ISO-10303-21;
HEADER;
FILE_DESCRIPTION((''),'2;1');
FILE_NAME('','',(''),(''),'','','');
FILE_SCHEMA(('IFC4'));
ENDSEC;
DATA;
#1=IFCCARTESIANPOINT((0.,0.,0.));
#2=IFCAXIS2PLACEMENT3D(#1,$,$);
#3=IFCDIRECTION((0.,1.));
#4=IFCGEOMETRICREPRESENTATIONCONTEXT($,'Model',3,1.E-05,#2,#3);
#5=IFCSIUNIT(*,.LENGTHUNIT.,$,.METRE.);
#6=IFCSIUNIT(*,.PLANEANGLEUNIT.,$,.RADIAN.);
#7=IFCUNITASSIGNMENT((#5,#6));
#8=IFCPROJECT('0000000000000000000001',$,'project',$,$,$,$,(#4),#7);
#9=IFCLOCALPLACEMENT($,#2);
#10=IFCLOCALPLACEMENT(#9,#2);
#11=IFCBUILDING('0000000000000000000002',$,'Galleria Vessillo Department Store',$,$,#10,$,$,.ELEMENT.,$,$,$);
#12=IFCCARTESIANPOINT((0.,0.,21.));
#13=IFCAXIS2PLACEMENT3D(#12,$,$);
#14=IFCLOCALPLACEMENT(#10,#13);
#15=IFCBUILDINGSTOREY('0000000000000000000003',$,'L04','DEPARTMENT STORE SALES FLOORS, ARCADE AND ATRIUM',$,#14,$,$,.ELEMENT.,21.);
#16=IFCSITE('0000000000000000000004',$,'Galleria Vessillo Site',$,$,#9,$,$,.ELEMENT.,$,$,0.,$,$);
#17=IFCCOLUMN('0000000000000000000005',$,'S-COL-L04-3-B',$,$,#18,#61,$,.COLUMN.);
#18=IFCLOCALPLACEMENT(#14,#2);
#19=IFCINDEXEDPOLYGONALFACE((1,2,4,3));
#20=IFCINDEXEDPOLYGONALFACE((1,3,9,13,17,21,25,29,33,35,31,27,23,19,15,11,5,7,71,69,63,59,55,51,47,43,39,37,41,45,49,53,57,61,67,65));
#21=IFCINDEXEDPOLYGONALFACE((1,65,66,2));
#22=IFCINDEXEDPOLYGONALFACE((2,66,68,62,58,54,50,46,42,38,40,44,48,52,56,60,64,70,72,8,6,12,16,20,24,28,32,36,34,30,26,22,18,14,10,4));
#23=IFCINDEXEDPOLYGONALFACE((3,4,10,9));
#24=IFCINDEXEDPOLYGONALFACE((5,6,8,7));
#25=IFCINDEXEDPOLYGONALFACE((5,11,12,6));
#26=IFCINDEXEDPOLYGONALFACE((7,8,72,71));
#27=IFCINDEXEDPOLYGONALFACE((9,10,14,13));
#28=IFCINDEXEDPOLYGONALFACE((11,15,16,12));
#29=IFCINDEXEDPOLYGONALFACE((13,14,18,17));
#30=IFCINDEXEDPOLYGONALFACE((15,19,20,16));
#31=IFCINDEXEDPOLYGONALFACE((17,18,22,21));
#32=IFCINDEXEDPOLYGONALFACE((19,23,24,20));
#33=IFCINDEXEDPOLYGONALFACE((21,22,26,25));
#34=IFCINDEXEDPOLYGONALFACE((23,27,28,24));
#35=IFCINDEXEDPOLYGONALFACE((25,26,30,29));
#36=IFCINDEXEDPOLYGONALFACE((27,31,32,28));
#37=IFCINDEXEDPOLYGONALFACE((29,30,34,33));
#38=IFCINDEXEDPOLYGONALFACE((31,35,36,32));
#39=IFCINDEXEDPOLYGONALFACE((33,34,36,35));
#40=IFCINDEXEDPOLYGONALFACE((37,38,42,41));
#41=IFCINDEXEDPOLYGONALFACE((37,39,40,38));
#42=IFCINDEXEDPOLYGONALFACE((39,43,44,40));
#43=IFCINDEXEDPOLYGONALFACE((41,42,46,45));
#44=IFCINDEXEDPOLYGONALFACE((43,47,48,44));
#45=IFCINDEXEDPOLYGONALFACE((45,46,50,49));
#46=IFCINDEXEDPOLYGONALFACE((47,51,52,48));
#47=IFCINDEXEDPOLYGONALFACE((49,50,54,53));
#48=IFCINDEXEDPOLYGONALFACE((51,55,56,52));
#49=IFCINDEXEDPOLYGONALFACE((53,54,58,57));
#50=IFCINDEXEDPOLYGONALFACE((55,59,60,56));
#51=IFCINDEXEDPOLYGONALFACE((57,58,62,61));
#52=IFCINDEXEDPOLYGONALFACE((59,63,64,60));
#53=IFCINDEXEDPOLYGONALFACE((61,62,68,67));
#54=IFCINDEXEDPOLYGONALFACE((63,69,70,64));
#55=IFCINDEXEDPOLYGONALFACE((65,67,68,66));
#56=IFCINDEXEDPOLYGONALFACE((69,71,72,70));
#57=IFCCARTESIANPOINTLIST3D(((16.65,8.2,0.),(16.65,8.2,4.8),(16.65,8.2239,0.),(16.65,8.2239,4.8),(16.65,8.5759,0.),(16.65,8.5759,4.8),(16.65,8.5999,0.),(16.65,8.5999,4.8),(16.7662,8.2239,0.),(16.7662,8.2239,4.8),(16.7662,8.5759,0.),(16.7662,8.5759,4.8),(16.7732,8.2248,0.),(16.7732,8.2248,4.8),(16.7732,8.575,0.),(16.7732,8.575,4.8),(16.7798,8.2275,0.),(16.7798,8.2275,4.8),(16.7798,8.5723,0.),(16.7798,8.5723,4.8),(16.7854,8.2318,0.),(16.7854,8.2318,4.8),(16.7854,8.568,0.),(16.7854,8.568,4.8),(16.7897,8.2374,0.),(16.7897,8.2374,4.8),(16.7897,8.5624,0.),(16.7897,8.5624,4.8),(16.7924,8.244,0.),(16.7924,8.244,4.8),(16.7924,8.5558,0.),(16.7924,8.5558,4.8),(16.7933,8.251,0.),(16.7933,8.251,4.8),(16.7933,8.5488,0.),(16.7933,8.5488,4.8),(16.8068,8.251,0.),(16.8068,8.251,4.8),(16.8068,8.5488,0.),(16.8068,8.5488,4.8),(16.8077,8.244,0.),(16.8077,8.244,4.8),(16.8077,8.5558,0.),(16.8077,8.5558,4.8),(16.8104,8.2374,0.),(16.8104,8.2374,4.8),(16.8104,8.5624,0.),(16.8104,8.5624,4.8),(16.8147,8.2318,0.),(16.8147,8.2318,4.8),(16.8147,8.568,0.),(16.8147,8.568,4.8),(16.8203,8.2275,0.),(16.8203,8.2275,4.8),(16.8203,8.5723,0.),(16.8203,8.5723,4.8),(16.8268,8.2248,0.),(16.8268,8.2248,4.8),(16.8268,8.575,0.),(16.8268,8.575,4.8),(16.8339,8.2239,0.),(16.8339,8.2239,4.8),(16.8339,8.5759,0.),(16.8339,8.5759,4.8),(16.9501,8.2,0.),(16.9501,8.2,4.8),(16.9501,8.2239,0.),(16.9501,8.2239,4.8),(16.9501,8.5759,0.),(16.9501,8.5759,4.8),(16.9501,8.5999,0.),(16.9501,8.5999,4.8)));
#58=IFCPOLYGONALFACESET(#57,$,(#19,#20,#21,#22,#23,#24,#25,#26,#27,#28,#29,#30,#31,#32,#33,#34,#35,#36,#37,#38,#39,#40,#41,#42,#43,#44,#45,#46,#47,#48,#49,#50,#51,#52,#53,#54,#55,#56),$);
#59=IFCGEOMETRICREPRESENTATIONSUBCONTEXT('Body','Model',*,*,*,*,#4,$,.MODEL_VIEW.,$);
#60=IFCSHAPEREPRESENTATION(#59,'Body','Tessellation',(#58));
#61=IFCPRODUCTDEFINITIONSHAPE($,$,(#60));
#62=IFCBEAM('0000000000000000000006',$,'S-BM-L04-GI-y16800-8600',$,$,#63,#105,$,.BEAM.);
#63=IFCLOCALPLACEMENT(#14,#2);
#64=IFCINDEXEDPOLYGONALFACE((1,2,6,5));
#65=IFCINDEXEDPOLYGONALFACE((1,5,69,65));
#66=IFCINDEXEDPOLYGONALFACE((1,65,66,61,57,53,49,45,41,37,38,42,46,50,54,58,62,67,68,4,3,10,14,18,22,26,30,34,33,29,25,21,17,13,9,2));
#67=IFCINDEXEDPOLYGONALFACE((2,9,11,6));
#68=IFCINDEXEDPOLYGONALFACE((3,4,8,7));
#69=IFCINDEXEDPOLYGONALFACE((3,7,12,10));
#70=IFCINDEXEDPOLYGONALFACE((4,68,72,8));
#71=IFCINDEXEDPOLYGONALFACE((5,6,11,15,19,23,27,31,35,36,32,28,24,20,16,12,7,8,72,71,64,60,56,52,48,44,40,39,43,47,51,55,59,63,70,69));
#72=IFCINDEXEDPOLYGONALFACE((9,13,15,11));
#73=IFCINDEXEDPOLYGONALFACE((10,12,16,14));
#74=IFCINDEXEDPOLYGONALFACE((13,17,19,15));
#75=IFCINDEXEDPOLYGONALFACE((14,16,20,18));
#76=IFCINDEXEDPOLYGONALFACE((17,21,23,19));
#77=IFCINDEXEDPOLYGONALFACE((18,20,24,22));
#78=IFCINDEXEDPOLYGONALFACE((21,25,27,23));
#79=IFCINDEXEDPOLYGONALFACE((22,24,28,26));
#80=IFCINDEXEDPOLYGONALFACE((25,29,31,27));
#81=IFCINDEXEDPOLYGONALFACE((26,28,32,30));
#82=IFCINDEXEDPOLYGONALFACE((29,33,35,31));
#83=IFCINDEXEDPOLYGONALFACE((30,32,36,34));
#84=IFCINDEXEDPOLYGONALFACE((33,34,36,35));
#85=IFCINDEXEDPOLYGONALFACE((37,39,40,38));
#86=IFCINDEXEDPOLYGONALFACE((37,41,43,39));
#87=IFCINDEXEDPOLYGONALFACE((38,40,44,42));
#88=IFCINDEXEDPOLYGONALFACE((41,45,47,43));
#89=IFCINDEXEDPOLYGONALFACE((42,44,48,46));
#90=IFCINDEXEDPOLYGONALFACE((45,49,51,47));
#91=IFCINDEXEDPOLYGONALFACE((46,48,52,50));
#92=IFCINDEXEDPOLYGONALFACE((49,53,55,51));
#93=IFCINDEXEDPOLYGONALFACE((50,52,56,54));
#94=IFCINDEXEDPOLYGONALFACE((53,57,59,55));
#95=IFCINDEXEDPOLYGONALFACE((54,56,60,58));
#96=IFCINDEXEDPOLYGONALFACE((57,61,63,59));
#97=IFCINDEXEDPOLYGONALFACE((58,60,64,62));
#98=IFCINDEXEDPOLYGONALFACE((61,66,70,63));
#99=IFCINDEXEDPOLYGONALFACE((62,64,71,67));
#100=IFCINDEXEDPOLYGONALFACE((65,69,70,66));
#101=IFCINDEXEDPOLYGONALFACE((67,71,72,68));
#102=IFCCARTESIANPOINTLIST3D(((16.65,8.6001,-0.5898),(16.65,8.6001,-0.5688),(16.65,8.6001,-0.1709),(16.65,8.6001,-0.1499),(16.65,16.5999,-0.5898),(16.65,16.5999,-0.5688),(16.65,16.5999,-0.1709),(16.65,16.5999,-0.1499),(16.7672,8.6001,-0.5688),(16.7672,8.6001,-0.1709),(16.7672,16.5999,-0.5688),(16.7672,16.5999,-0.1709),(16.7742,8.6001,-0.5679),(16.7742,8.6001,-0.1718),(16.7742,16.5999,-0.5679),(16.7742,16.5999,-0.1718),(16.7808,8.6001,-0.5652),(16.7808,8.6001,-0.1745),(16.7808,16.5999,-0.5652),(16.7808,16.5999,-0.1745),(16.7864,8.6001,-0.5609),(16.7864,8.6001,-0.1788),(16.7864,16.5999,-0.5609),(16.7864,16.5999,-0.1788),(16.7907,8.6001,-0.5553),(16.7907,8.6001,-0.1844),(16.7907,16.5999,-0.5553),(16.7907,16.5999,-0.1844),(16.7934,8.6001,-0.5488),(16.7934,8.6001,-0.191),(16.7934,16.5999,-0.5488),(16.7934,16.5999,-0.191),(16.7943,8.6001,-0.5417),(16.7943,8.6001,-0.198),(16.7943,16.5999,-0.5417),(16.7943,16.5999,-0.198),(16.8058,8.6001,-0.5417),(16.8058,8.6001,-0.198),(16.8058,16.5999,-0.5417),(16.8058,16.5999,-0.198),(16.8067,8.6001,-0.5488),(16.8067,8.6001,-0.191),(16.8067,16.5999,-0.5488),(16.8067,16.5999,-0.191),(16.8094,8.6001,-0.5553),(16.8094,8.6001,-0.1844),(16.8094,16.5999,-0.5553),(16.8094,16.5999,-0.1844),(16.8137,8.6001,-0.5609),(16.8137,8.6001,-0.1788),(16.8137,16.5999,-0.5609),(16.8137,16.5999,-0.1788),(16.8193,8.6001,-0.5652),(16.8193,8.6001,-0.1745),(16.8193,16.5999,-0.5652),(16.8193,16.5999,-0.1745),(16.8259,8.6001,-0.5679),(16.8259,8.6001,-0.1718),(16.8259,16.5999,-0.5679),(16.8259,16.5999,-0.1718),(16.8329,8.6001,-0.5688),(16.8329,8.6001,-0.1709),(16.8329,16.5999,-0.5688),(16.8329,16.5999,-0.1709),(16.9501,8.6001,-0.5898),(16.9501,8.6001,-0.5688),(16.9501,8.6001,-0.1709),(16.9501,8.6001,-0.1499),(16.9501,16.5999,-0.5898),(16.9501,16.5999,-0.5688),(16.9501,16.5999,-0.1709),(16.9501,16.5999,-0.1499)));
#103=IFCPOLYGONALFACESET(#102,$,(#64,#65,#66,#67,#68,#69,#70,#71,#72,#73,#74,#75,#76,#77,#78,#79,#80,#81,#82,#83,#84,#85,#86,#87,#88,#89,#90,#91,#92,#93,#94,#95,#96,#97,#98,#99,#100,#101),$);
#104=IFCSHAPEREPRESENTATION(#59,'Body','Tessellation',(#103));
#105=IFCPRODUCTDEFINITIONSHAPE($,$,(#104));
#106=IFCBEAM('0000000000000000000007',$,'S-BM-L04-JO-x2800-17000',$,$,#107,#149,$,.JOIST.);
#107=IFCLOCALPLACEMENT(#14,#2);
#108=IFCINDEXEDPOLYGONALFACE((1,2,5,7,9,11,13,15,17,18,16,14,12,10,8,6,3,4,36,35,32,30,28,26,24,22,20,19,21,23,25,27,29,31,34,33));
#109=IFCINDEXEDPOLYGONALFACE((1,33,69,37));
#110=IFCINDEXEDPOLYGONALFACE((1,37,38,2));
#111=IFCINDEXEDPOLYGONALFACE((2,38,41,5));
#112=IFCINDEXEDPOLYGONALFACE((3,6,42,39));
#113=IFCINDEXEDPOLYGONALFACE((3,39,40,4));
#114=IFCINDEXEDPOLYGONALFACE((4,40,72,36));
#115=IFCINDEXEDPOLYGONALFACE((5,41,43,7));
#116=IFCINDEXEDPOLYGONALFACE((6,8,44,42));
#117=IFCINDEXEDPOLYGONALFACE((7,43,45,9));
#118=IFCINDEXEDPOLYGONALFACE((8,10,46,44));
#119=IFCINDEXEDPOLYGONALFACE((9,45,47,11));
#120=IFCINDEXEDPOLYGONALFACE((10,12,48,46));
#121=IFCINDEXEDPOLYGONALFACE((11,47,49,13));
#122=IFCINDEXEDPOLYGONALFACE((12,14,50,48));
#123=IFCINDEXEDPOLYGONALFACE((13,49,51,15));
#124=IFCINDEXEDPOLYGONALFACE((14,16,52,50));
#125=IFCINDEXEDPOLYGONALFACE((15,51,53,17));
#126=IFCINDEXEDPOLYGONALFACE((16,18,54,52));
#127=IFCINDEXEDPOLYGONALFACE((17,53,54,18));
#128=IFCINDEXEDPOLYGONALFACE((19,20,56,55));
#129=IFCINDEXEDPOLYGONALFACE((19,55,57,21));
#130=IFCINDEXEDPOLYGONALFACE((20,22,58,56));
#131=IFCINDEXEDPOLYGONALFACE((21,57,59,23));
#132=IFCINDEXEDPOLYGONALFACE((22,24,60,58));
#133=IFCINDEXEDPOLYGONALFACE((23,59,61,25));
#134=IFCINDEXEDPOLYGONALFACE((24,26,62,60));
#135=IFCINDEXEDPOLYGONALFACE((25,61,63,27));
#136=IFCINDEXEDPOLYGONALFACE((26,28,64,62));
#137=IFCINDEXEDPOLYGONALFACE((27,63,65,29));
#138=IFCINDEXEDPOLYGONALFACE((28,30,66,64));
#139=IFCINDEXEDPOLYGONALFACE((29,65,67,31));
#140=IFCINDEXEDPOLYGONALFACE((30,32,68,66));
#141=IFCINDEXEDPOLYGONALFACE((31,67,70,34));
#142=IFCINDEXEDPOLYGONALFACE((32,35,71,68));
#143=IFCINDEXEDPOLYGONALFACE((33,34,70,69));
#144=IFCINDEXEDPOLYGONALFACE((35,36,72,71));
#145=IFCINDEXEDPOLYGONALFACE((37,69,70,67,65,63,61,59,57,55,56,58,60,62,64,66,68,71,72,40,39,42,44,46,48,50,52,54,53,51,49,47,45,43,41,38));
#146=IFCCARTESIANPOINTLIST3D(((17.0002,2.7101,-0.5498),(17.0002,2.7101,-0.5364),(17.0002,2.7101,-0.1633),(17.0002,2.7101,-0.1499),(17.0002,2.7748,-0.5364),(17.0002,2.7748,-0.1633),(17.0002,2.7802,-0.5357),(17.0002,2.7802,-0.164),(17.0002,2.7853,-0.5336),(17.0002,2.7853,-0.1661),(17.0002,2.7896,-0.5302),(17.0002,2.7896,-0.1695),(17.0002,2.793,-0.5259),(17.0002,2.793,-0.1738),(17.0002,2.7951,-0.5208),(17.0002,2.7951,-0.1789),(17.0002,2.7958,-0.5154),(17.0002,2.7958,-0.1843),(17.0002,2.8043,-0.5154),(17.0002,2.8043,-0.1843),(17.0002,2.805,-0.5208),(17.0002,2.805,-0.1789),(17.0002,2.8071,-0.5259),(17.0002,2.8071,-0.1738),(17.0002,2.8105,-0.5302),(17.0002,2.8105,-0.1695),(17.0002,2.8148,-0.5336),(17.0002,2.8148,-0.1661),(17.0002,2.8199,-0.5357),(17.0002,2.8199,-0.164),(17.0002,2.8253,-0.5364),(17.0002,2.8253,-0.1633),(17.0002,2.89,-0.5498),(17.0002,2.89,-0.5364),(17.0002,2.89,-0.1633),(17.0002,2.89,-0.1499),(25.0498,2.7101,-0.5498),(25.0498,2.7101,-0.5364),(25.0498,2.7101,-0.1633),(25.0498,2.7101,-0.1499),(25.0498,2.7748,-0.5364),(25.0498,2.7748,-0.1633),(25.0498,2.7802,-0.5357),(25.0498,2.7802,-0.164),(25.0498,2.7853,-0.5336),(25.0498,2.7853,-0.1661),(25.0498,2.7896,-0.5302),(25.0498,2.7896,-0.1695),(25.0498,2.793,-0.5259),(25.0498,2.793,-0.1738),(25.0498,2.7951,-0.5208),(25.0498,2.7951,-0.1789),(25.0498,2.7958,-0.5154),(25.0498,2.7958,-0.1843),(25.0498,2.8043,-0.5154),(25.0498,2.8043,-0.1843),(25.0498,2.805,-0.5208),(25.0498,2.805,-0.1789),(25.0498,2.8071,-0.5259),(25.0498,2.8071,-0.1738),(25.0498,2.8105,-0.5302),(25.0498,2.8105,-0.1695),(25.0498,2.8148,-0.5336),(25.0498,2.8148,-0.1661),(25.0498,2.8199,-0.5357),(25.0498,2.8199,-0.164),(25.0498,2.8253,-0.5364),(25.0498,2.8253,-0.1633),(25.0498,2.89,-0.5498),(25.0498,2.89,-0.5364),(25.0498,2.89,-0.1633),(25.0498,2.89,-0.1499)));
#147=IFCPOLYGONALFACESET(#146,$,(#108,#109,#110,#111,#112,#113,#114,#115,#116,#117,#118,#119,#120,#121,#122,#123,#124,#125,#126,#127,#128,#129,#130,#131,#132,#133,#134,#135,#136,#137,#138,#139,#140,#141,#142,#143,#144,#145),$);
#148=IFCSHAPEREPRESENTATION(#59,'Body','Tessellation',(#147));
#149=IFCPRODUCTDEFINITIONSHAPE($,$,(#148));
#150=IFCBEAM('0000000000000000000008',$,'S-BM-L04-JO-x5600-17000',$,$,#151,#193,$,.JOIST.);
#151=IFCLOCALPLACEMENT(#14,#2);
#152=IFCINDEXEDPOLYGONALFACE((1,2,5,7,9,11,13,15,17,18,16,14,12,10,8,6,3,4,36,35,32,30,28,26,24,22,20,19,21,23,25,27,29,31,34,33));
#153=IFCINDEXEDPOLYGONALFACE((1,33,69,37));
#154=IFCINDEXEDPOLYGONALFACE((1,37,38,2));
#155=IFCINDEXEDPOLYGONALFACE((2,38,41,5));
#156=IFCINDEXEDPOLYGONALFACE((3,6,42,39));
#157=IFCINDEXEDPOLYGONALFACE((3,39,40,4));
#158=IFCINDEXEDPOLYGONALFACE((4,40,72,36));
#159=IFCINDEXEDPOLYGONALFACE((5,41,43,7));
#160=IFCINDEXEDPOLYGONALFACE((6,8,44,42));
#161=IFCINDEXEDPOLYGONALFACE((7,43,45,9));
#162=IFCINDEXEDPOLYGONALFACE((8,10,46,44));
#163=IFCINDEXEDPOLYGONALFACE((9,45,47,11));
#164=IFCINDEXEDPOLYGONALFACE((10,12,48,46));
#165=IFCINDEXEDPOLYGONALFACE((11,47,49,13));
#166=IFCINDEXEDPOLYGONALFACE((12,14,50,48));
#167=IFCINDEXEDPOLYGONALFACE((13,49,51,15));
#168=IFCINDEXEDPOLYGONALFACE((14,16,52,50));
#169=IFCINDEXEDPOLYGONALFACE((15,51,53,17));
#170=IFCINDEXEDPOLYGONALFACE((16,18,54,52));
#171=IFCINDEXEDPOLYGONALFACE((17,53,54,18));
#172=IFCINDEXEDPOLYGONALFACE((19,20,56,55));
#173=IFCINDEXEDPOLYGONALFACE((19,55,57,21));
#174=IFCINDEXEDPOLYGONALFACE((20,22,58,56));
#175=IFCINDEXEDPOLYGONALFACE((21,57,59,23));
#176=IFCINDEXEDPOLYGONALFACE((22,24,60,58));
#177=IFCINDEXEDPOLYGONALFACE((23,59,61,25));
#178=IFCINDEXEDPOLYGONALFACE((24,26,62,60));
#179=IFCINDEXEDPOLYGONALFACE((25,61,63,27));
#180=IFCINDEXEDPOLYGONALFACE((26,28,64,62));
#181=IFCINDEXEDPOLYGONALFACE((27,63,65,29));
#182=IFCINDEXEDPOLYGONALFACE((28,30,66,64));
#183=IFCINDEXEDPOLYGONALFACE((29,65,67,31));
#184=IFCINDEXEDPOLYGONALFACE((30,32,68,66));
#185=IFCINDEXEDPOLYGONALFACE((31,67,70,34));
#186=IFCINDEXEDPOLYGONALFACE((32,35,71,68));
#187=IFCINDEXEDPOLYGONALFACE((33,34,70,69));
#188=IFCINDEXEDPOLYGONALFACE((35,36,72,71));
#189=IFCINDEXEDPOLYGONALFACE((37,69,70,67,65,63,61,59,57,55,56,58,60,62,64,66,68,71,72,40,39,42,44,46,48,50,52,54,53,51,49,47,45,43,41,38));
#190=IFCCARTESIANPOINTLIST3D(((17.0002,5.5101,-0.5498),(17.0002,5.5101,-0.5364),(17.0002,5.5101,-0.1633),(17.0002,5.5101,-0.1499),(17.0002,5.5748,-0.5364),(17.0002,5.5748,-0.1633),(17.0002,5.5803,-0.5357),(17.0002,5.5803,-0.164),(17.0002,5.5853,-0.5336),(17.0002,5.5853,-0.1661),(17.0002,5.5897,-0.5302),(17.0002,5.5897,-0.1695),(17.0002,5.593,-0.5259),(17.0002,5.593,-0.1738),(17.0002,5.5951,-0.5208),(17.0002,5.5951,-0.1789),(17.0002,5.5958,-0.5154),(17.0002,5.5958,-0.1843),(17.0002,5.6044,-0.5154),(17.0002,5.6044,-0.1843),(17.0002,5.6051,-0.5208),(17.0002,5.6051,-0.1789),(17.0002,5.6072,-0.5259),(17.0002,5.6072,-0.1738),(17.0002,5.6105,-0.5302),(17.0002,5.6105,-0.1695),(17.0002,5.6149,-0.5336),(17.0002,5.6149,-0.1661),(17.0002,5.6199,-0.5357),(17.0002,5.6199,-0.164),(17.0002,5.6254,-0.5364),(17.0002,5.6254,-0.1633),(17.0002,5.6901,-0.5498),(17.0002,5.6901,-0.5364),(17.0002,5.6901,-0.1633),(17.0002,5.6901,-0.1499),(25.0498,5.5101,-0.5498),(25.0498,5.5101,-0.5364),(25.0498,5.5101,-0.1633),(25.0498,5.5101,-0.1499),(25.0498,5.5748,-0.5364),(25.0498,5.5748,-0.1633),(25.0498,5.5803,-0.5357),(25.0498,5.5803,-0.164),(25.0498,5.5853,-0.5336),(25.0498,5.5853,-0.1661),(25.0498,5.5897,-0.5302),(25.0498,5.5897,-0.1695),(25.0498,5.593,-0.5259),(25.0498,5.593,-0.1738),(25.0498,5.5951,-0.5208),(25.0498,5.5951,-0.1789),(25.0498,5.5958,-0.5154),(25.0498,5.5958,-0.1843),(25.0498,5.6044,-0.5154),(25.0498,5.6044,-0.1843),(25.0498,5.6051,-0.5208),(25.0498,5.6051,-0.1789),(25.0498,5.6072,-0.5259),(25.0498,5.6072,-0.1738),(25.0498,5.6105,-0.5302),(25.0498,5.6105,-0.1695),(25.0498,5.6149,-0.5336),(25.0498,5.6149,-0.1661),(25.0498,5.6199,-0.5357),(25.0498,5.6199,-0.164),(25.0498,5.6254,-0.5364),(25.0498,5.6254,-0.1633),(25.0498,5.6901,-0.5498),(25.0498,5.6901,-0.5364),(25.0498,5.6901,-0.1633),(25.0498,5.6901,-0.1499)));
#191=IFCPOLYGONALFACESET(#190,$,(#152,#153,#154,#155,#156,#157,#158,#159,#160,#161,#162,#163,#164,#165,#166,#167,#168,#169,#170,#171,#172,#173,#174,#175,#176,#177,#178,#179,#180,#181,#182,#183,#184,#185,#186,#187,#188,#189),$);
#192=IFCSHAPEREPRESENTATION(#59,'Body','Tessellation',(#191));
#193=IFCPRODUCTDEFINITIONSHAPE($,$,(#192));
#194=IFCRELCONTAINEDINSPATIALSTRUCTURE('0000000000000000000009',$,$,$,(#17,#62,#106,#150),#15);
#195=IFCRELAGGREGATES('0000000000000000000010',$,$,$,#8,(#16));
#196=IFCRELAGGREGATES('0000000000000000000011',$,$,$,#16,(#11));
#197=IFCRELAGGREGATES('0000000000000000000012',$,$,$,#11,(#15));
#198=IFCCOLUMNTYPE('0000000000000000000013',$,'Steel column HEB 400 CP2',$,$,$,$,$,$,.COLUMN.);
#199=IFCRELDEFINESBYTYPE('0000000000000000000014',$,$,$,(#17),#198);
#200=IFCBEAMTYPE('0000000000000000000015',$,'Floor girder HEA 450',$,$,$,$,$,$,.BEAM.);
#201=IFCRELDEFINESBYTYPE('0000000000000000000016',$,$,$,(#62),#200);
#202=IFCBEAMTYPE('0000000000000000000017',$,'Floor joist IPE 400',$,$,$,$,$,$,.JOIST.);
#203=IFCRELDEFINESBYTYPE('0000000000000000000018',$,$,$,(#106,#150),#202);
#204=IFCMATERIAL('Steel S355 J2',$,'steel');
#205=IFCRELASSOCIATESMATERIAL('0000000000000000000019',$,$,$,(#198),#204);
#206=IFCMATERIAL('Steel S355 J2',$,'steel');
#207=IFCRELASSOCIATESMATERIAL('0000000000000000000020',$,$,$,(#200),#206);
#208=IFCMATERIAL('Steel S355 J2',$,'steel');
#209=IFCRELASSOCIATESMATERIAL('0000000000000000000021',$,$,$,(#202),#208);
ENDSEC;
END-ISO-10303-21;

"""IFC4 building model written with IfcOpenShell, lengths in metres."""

from ifc_helpers import new_model, si_unit, direction, frame, origin, origin_2d, place, context, subcontext, project, spatial, i_section, extrude, material, material_profile, profile_set, type_object, element, save


model = new_model("IFC4")

# Units and contexts
model_context = context("Model", 3, precision=1e-05, world=origin(), true_north=direction((0.0, 1.0)))
body_context = subcontext(model_context, "Body", "Model", "MODEL_VIEW")
ifc_project = project(units=[si_unit("LENGTHUNIT", "METRE"), si_unit("PLANEANGLEUNIT", "RADIAN")], contexts=[model_context])

# Site, building, storey
site_placement = place(None, origin())
site = spatial("IfcSite", under=ifc_project, at=site_placement, Name="Galleria Vessillo Site", CompositionType="ELEMENT", RefElevation=0.0)
building_placement = place(site_placement, origin())
building = spatial("IfcBuilding", under=site, at=building_placement, Name="Galleria Vessillo Department Store", CompositionType="ELEMENT")
storey_placement = place(building_placement, frame((0.0, 0.0, 21.0)))
storey = spatial("IfcBuildingStorey", under=building, at=storey_placement, Name="L04", Description="DEPARTMENT STORE SALES FLOORS, ARCADE AND ATRIUM", CompositionType="ELEMENT", Elevation=21.0)

# Column
ifc_material_1 = material(Name="Steel S355 J2", Category="steel")
ifc_material_profile_1 = material_profile(ifc_material_1, i_section(OverallWidth=0.3, OverallDepth=0.3999, WebThickness=0.0134, FlangeThickness=0.0239, FilletRadius=0.0271, at=origin_2d()), Name="HEB 400")
ifc_profile_set_1 = profile_set([ifc_material_profile_1], Name="Steel S355 J2")
column_type = type_object("IfcColumnType", Name="Steel column HEB 400 CP2", PredefinedType="COLUMN", material=ifc_profile_set_1)
column_placement = place(storey_placement, frame((16.8, 8.3999, 0.0), z_axis=(0.0, 0.0, 1.0), x_axis=(1.0, 0.0, 0.0)))
element("IfcColumn", 1, at=column_placement, inside=storey, type_object=column_type, Name="S-COL-L04-3-B", PredefinedType="COLUMN", context=body_context, shape_type="SweptSolid", body=[
    extrude(i_section(OverallWidth=0.3, OverallDepth=0.3999, WebThickness=0.0134, FlangeThickness=0.0239, FilletRadius=0.0271, at=origin_2d()), origin(), (0.0, 0.0, 1.0), 4.8),
])

# Beams
ifc_material_2 = material(Name="Steel S355 J2", Category="steel")
ifc_material_profile_2 = material_profile(ifc_material_2, i_section(OverallWidth=0.3, OverallDepth=0.4399, WebThickness=0.0115, FlangeThickness=0.021, FilletRadius=0.0271, at=origin_2d()), Name="HEA 450")
ifc_profile_set_2 = profile_set([ifc_material_profile_2], Name="Steel S355 J2")
beam_type_1 = type_object("IfcBeamType", Name="Floor girder HEA 450", PredefinedType="BEAM", material=ifc_profile_set_2)
beam_1_placement = place(storey_placement, frame((16.8, 8.6001, -0.3699), z_axis=(0.0, 1.0, 0.0), x_axis=(-1.0, 0.0, 0.0)))
element("IfcBeam", 2, at=beam_1_placement, inside=storey, type_object=beam_type_1, Name="S-BM-L04-GI-y16800-8600", PredefinedType="BEAM", context=body_context, shape_type="SweptSolid", body=[
    extrude(i_section(OverallWidth=0.3, OverallDepth=0.4399, WebThickness=0.0115, FlangeThickness=0.021, FilletRadius=0.0271, at=origin_2d()), origin(), (0.0, 0.0, 1.0), 7.9998),
])
ifc_material_3 = material(Name="Steel S355 J2", Category="steel")
ifc_material_profile_3 = material_profile(ifc_material_3, i_section(OverallWidth=0.1799, OverallDepth=0.3999, WebThickness=0.0085, FlangeThickness=0.0134, FilletRadius=0.021, at=origin_2d()), Name="IPE 400")
ifc_profile_set_3 = profile_set([ifc_material_profile_3], Name="Steel S355 J2")
beam_type_2 = type_object("IfcBeamType", Name="Floor joist IPE 400", PredefinedType="JOIST", material=ifc_profile_set_3)
for number, where, z_axis, x_axis, name in (
    (3, (17.0002, 2.8, -0.3499), (1.0, 0.0, 0.0), (0.0, 1.0, 0.0), "S-BM-L04-JO-x2800-17000"),
    (4, (17.0002, 5.6001, -0.3499), (1.0, 0.0, 0.0), (0.0, 1.0, 0.0), "S-BM-L04-JO-x5600-17000"),
):
    element("IfcBeam", number, at=place(storey_placement, frame(where, z_axis=z_axis, x_axis=x_axis)), inside=storey, type_object=beam_type_2, Name=name, PredefinedType="JOIST", context=body_context, shape_type="SweptSolid", body=[
        extrude(i_section(OverallWidth=0.1799, OverallDepth=0.3999, WebThickness=0.0085, FlangeThickness=0.0134, FilletRadius=0.021, at=origin_2d()), origin(), (0.0, 0.0, 1.0), 8.0496),
    ])

save(model, "model.ifc")
